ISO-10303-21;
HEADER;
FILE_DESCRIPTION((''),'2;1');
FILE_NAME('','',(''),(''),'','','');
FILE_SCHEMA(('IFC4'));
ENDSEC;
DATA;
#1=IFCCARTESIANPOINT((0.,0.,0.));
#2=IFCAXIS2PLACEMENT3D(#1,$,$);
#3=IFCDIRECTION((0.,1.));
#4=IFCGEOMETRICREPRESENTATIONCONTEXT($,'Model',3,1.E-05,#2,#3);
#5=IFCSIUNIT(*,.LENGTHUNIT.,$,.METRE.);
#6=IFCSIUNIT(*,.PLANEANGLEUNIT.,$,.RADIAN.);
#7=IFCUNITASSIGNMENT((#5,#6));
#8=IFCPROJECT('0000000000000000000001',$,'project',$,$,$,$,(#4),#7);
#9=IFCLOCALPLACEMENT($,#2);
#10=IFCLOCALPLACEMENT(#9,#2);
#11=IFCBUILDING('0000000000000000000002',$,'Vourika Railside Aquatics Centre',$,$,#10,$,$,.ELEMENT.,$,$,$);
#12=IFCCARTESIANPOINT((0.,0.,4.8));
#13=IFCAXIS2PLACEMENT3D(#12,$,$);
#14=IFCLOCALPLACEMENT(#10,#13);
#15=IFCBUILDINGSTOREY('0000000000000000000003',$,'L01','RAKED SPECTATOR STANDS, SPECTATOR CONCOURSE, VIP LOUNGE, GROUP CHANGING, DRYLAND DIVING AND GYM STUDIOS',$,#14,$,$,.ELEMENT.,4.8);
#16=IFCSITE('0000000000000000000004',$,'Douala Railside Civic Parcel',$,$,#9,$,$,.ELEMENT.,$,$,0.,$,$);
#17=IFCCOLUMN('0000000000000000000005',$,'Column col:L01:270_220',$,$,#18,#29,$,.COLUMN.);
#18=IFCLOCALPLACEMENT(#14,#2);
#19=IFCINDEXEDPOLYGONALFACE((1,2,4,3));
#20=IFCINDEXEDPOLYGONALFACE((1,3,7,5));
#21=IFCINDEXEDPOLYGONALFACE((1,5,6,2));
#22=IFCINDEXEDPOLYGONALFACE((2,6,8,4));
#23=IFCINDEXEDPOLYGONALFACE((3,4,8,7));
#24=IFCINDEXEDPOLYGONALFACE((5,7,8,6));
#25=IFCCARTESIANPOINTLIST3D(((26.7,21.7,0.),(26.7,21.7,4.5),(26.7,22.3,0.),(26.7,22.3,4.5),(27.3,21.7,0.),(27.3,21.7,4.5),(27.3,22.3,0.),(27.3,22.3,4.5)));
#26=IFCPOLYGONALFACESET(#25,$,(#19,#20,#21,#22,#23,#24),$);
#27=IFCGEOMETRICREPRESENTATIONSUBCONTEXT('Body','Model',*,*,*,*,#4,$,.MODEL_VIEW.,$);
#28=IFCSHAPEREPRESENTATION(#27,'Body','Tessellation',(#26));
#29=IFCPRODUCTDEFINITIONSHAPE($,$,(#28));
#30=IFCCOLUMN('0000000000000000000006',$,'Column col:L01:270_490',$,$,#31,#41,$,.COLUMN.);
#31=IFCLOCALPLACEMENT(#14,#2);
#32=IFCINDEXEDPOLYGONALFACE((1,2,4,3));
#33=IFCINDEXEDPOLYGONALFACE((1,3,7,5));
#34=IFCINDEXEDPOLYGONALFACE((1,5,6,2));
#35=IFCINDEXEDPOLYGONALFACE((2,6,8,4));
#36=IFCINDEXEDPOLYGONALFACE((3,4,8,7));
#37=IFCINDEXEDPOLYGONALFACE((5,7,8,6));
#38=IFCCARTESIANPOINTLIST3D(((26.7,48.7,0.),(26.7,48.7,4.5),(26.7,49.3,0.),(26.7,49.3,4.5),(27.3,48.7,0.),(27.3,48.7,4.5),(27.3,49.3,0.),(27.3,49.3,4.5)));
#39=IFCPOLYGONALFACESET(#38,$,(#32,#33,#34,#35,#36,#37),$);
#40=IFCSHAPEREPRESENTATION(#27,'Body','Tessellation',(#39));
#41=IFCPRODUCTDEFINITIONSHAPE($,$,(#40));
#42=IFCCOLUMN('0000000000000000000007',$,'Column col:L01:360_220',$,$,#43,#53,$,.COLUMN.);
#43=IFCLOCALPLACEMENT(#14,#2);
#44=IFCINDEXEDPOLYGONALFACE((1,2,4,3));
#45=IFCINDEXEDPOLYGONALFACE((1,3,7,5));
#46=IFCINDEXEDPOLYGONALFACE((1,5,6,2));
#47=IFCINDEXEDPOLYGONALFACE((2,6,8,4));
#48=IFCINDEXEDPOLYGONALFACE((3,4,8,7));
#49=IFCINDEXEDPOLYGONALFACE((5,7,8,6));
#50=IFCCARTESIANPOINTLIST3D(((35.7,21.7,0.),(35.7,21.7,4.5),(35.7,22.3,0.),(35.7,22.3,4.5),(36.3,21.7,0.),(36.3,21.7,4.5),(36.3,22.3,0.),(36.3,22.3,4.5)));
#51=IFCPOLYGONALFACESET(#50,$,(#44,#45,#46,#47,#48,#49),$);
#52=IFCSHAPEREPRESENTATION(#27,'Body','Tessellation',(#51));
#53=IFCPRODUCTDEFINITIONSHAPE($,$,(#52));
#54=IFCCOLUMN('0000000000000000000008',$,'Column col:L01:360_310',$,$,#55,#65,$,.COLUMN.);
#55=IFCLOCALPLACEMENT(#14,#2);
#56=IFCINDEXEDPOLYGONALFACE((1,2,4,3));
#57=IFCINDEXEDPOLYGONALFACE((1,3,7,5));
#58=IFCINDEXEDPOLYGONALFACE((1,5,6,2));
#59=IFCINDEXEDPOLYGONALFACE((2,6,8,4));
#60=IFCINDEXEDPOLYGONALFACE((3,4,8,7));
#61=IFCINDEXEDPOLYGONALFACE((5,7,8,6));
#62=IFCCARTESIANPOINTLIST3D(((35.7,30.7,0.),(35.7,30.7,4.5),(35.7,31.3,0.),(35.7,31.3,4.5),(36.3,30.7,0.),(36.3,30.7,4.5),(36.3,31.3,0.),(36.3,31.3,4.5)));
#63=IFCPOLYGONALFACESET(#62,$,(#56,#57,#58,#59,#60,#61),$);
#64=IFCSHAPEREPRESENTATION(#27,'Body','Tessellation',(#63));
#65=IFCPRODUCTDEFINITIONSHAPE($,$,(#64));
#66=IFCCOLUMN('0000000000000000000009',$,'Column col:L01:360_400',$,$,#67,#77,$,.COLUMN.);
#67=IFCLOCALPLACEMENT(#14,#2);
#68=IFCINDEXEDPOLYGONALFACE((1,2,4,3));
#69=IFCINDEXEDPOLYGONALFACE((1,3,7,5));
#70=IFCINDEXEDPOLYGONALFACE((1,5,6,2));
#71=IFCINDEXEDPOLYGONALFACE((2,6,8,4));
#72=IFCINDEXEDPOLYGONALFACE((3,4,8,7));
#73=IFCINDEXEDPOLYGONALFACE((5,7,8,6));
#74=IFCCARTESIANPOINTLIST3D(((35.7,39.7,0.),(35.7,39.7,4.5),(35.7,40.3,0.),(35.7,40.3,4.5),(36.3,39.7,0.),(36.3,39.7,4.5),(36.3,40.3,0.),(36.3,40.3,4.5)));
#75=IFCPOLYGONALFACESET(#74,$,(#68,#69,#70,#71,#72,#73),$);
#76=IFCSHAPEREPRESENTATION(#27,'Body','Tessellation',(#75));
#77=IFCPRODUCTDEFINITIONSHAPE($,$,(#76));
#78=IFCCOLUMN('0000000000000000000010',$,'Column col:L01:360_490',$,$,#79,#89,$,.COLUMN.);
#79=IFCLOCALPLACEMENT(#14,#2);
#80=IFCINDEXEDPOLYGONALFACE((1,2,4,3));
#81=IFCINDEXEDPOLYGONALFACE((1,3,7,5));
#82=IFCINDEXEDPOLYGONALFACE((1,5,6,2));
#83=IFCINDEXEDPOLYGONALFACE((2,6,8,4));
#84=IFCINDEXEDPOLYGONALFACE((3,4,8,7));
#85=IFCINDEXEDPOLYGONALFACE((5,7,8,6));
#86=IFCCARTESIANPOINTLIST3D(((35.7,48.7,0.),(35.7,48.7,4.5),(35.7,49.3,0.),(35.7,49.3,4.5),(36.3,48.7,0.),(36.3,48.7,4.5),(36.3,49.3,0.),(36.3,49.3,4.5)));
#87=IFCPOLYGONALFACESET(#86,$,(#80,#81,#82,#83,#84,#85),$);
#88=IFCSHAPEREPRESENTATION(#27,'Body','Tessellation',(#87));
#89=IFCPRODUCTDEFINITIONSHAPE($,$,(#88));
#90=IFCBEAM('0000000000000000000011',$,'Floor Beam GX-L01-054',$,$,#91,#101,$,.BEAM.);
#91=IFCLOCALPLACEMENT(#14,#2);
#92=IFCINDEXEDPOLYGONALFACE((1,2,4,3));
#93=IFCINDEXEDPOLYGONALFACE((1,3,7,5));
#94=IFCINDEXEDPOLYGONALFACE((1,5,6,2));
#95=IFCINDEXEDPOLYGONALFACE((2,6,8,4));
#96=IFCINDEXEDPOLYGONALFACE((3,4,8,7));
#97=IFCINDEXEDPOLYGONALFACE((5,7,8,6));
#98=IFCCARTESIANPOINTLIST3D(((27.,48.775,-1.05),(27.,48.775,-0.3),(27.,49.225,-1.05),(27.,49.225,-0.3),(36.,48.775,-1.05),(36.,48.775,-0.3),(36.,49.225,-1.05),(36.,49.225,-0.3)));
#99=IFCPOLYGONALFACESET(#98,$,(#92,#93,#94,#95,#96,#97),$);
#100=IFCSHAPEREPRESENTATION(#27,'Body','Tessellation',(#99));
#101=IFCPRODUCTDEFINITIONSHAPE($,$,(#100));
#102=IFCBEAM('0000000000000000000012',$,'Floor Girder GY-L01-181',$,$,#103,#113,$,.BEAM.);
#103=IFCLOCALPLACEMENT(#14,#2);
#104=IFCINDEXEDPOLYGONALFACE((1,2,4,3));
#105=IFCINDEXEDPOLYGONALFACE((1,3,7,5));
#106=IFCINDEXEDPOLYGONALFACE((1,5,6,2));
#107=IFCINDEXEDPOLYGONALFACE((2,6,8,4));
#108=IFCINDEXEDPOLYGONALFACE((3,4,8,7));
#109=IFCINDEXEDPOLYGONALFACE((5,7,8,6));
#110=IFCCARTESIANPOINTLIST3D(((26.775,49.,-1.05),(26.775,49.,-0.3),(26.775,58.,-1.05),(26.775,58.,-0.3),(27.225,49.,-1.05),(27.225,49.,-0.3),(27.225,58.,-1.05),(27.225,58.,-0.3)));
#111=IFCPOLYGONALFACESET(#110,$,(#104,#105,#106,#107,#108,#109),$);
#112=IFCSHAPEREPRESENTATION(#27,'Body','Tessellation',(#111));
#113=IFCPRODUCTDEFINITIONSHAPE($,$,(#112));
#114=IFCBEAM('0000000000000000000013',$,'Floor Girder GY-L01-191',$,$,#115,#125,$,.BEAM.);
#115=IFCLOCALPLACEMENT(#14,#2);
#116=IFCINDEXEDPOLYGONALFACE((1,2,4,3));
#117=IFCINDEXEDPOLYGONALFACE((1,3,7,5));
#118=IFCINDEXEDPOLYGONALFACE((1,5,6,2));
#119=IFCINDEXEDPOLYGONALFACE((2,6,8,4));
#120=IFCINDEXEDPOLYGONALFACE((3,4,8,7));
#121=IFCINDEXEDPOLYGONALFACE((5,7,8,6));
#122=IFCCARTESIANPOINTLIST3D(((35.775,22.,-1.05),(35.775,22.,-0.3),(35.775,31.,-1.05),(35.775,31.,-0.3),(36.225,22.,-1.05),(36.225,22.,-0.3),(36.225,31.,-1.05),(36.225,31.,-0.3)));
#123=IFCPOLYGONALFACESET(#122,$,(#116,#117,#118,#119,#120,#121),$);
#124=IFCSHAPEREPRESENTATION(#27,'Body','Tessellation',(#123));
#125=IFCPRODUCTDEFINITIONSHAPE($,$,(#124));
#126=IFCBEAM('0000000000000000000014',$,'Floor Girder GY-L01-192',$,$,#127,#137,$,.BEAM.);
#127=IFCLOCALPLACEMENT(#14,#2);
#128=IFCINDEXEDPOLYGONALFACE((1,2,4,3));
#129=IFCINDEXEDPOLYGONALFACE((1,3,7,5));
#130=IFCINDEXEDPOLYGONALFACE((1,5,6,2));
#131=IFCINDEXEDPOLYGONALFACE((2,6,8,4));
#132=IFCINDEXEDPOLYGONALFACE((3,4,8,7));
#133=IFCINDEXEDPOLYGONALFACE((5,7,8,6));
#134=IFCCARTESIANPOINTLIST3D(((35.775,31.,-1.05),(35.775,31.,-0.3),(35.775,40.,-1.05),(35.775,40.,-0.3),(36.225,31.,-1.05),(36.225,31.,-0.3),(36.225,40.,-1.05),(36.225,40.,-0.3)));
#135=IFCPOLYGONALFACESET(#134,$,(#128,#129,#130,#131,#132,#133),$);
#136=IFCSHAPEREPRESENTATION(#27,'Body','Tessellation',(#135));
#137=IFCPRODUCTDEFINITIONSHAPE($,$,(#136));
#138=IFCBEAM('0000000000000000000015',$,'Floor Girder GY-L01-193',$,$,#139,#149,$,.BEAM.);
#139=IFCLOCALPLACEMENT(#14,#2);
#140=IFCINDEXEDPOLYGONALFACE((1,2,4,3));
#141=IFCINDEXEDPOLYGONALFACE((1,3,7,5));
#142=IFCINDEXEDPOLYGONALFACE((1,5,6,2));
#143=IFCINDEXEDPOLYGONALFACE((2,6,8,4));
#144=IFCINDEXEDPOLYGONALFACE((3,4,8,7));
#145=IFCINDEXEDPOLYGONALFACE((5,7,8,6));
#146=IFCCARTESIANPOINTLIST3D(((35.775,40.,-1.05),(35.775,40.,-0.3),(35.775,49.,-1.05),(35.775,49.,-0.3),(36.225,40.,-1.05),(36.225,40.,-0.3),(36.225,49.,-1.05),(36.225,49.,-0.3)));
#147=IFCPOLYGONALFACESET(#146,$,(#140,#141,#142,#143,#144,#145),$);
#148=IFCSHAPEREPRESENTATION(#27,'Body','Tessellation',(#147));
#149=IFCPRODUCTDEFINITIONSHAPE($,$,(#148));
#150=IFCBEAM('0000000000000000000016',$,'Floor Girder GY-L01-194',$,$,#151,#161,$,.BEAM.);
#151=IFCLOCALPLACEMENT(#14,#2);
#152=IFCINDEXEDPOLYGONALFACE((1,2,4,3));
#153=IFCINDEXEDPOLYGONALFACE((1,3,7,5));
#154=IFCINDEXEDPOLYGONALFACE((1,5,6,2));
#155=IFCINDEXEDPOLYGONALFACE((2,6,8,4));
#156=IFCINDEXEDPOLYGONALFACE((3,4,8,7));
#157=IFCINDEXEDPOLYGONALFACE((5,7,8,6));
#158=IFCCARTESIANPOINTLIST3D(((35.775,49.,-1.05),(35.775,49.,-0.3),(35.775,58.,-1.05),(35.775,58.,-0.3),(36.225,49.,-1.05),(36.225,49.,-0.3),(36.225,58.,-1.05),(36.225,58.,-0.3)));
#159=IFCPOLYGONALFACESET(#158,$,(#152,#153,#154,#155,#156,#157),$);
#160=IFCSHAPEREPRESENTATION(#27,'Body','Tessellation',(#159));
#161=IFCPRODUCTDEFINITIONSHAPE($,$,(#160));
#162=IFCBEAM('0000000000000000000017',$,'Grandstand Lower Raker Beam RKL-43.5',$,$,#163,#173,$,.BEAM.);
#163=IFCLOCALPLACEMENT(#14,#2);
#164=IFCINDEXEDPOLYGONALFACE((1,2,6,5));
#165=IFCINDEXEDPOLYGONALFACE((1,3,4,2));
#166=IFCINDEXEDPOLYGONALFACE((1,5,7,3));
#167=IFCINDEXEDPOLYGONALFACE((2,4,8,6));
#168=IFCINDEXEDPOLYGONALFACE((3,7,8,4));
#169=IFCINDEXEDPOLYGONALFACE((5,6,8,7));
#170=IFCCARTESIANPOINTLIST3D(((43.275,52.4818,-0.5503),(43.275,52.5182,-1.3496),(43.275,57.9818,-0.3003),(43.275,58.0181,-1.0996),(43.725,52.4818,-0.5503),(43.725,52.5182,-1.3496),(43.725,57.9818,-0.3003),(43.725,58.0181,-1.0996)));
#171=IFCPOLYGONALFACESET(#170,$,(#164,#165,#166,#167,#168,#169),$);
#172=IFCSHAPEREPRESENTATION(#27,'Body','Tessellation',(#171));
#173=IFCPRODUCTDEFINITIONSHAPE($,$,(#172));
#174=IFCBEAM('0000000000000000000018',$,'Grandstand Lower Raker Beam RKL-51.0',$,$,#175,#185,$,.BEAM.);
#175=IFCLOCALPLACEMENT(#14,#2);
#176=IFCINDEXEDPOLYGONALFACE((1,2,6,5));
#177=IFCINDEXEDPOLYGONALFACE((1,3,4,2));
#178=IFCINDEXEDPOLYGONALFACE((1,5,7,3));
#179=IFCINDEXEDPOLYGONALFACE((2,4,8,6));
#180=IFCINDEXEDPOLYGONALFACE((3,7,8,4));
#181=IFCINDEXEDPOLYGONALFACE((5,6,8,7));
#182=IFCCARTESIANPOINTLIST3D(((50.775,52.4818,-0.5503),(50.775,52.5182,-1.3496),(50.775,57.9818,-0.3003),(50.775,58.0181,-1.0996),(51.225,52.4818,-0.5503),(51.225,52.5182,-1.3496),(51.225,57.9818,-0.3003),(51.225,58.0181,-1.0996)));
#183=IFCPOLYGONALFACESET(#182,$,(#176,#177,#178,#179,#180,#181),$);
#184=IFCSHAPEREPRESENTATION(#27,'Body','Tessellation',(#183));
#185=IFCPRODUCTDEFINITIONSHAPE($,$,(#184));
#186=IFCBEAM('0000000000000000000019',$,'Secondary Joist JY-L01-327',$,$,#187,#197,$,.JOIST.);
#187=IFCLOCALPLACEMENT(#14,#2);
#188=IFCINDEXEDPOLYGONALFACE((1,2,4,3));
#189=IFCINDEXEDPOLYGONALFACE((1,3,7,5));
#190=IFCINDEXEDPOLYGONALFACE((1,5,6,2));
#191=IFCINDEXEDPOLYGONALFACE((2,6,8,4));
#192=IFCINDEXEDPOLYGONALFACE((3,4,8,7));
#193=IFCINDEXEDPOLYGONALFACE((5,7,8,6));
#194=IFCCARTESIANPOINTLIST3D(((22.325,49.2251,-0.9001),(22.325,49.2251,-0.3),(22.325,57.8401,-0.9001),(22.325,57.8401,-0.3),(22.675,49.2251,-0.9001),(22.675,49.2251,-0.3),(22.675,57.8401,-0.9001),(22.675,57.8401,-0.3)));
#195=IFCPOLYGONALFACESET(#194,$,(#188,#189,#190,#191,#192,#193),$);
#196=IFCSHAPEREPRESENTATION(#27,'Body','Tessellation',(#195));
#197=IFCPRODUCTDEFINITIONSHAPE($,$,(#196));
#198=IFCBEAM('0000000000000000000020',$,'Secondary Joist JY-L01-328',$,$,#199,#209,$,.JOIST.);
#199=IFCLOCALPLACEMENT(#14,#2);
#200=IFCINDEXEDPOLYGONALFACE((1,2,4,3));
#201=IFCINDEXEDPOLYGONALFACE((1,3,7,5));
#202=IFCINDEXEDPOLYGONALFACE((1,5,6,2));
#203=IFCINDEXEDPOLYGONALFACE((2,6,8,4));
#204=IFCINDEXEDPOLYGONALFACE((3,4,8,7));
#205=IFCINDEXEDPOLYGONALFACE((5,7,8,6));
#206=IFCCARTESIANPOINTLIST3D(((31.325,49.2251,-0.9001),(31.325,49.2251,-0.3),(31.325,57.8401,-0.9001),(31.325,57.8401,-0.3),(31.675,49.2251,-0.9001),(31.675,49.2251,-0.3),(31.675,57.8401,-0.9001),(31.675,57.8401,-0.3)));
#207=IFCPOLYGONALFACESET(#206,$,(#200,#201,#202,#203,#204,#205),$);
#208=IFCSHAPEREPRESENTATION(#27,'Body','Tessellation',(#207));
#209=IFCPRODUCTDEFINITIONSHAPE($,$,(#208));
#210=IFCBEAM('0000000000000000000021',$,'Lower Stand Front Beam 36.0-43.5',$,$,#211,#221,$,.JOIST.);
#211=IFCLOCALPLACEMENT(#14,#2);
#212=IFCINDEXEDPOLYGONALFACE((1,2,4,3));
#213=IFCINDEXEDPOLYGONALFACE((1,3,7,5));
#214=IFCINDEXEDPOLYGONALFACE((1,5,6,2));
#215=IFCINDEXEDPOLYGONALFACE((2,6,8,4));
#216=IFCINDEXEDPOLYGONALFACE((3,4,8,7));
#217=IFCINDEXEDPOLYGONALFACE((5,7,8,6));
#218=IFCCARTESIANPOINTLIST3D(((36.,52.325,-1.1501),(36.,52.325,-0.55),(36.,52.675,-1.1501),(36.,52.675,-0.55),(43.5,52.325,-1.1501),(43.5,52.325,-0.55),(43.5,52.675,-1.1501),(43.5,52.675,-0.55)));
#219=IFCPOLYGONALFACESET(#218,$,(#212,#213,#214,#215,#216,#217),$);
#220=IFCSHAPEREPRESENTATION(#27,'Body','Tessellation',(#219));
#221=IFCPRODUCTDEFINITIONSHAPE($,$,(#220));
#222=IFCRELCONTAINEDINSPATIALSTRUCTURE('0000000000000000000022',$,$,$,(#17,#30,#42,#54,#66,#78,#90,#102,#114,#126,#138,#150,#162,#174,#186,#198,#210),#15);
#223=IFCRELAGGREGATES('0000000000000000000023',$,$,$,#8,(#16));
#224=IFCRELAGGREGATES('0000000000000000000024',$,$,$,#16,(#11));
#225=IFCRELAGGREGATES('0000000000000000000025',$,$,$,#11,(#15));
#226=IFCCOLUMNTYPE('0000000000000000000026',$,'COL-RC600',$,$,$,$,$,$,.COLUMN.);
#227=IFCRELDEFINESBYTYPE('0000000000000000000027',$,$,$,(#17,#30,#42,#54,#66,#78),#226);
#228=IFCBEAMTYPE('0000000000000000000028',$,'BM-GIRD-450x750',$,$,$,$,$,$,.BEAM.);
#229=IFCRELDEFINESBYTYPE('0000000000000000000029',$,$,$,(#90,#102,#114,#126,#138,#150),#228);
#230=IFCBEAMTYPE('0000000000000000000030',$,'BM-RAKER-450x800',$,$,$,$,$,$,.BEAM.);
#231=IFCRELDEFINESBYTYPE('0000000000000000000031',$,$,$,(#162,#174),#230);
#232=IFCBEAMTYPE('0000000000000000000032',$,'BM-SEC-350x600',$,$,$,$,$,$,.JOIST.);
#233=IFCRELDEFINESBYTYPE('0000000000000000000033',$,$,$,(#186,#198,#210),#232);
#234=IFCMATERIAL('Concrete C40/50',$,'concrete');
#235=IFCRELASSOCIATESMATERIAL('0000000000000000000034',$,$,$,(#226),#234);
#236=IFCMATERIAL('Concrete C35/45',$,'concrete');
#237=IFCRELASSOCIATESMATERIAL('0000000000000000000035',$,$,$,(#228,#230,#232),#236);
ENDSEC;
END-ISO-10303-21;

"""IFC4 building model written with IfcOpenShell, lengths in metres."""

from ifc_helpers import new_model, si_unit, direction, frame, origin, origin_2d, place, context, subcontext, project, spatial, rectangle, extrude, material, material_profile, profile_set, type_object, element, save


model = new_model("IFC4")

# Units and contexts
model_context = context("Model", 3, precision=1e-05, world=origin(), true_north=direction((0.0, 1.0)))
body_context = subcontext(model_context, "Body", "Model", "MODEL_VIEW")
ifc_project = project(units=[si_unit("LENGTHUNIT", "METRE"), si_unit("PLANEANGLEUNIT", "RADIAN")], contexts=[model_context])

# Site, building, storey
site_placement = place(None, origin())
site = spatial("IfcSite", under=ifc_project, at=site_placement, Name="Douala Railside Civic Parcel", CompositionType="ELEMENT", RefElevation=0.0)
building_placement = place(site_placement, origin())
building = spatial("IfcBuilding", under=site, at=building_placement, Name="Vourika Railside Aquatics Centre", CompositionType="ELEMENT")
storey_placement = place(building_placement, frame((0.0, 0.0, 4.8)))
storey = spatial("IfcBuildingStorey", under=building, at=storey_placement, Name="L01", Description="RAKED SPECTATOR STANDS, SPECTATOR CONCOURSE, VIP LOUNGE, GROUP CHANGING, DRYLAND DIVING AND GYM STUDIOS", CompositionType="ELEMENT", Elevation=4.8)

# Columns
ifc_material_1 = material(Name="Concrete C40/50", Category="concrete")
ifc_material_profile_1 = material_profile(ifc_material_1, rectangle(XDim=0.6001, YDim=0.6001, at=origin_2d()), Name="RC 600x600")
ifc_profile_set_1 = profile_set([ifc_material_profile_1], Name="Concrete C40/50")
column_type = type_object("IfcColumnType", Name="COL-RC600", PredefinedType="COLUMN", material=ifc_profile_set_1)
for number, where, z_axis, x_axis, name in (
    (1, (27.0, 22.0, 0.0), (0.0, 0.0, 1.0), (1.0, 0.0, 0.0), "Column col:L01:270_220"),
    (2, (27.0, 49.0, 0.0), (0.0, 0.0, 1.0), (1.0, 0.0, 0.0), "Column col:L01:270_490"),
    (3, (36.0, 22.0, 0.0), (0.0, 0.0, 1.0), (1.0, 0.0, 0.0), "Column col:L01:360_220"),
    (4, (36.0, 31.0, 0.0), (0.0, 0.0, 1.0), (1.0, 0.0, 0.0), "Column col:L01:360_310"),
    (5, (36.0, 40.0, 0.0), (0.0, 0.0, 1.0), (1.0, 0.0, 0.0), "Column col:L01:360_400"),
    (6, (36.0, 49.0, 0.0), (0.0, 0.0, 1.0), (1.0, 0.0, 0.0), "Column col:L01:360_490"),
):
    element("IfcColumn", number, at=place(storey_placement, frame(where, z_axis=z_axis, x_axis=x_axis)), inside=storey, type_object=column_type, Name=name, PredefinedType="COLUMN", context=body_context, shape_type="SweptSolid", body=[
        extrude(rectangle(XDim=0.6001, YDim=0.6001, at=origin_2d()), origin(), (0.0, 0.0, 1.0), 4.5),
    ])

# Beams
ifc_material_2 = material(Name="Concrete C35/45", Category="concrete")
ifc_material_profile_2 = material_profile(ifc_material_2, rectangle(XDim=0.45, YDim=0.75, at=origin_2d()), Name="RC 450x750")
ifc_profile_set_2 = profile_set([ifc_material_profile_2], Name="Concrete C35/45")
beam_type_1 = type_object("IfcBeamType", Name="BM-GIRD-450x750", PredefinedType="BEAM", material=ifc_profile_set_2)
for number, where, z_axis, x_axis, name in (
    (7, (27.0, 49.0, -0.675), (1.0, 0.0, 0.0), (0.0, 1.0, 0.0), "Floor Beam GX-L01-054"),
    (8, (27.0, 49.0, -0.675), (0.0, 1.0, 0.0), (-1.0, 0.0, 0.0), "Floor Girder GY-L01-181"),
    (9, (36.0, 22.0, -0.675), (0.0, 1.0, 0.0), (-1.0, 0.0, 0.0), "Floor Girder GY-L01-191"),
    (10, (36.0, 31.0, -0.675), (0.0, 1.0, 0.0), (-1.0, 0.0, 0.0), "Floor Girder GY-L01-192"),
    (11, (36.0, 40.0, -0.675), (0.0, 1.0, 0.0), (-1.0, 0.0, 0.0), "Floor Girder GY-L01-193"),
    (12, (36.0, 49.0, -0.675), (0.0, 1.0, 0.0), (-1.0, 0.0, 0.0), "Floor Girder GY-L01-194"),
):
    element("IfcBeam", number, at=place(storey_placement, frame(where, z_axis=z_axis, x_axis=x_axis)), inside=storey, type_object=beam_type_1, Name=name, PredefinedType="BEAM", context=body_context, shape_type="SweptSolid", body=[
        extrude(rectangle(XDim=0.45, YDim=0.75, at=origin_2d()), origin(), (0.0, 0.0, 1.0), 9.0),
    ])
ifc_material_profile_3 = material_profile(ifc_material_2, rectangle(XDim=0.45, YDim=0.8, at=origin_2d()), Name="RC 450x800")
ifc_profile_set_3 = profile_set([ifc_material_profile_3], Name="Concrete C35/45")
beam_type_2 = type_object("IfcBeamType", Name="BM-RAKER-450x800", PredefinedType="BEAM", material=ifc_profile_set_3)
for number, where, z_axis, x_axis, name in (
    (13, (43.5, 52.5, -0.95), (0.0, 0.998969, 0.045408), (-1.0, 0.0, 0.0), "Grandstand Lower Raker Beam RKL-43.5"),
    (14, (51.0, 52.5, -0.95), (0.0, 0.998969, 0.045408), (-1.0, 0.0, 0.0), "Grandstand Lower Raker Beam RKL-51.0"),
):
    element("IfcBeam", number, at=place(storey_placement, frame(where, z_axis=z_axis, x_axis=x_axis)), inside=storey, type_object=beam_type_2, Name=name, PredefinedType="BEAM", context=body_context, shape_type="SweptSolid", body=[
        extrude(rectangle(XDim=0.45, YDim=0.8, at=origin_2d()), origin(), (0.0, 0.0, 1.0), 5.5056),
    ])
ifc_material_profile_4 = material_profile(ifc_material_2, rectangle(XDim=0.3501, YDim=0.6001, at=origin_2d()), Name="RC 350x600")
ifc_profile_set_4 = profile_set([ifc_material_profile_4], Name="Concrete C35/45")
beam_type_3 = type_object("IfcBeamType", Name="BM-SEC-350x600", PredefinedType="JOIST", material=ifc_profile_set_4)
for number, where, z_axis, x_axis, name in (
    (15, (22.5, 49.2251, -0.6001), (0.0, 1.0, 0.0), (-1.0, 0.0, 0.0), "Secondary Joist JY-L01-327"),
    (16, (31.5, 49.2251, -0.6001), (0.0, 1.0, 0.0), (-1.0, 0.0, 0.0), "Secondary Joist JY-L01-328"),
):
    element("IfcBeam", number, at=place(storey_placement, frame(where, z_axis=z_axis, x_axis=x_axis)), inside=storey, type_object=beam_type_3, Name=name, PredefinedType="JOIST", context=body_context, shape_type="SweptSolid", body=[
        extrude(rectangle(XDim=0.3501, YDim=0.6001, at=origin_2d()), origin(), (0.0, 0.0, 1.0), 8.615),
    ])
for number, where, z_axis, x_axis, name in (
    (17, (36.0, 52.5, -0.8501), (1.0, 0.0, 0.0), (0.0, 1.0, 0.0), "Lower Stand Front Beam 36.0-43.5"),
):
    element("IfcBeam", number, at=place(storey_placement, frame(where, z_axis=z_axis, x_axis=x_axis)), inside=storey, type_object=beam_type_3, Name=name, PredefinedType="JOIST", context=body_context, shape_type="SweptSolid", body=[
        extrude(rectangle(XDim=0.3501, YDim=0.6001, at=origin_2d()), origin(), (0.0, 0.0, 1.0), 7.5),
    ])

save(model, "model.ifc")
